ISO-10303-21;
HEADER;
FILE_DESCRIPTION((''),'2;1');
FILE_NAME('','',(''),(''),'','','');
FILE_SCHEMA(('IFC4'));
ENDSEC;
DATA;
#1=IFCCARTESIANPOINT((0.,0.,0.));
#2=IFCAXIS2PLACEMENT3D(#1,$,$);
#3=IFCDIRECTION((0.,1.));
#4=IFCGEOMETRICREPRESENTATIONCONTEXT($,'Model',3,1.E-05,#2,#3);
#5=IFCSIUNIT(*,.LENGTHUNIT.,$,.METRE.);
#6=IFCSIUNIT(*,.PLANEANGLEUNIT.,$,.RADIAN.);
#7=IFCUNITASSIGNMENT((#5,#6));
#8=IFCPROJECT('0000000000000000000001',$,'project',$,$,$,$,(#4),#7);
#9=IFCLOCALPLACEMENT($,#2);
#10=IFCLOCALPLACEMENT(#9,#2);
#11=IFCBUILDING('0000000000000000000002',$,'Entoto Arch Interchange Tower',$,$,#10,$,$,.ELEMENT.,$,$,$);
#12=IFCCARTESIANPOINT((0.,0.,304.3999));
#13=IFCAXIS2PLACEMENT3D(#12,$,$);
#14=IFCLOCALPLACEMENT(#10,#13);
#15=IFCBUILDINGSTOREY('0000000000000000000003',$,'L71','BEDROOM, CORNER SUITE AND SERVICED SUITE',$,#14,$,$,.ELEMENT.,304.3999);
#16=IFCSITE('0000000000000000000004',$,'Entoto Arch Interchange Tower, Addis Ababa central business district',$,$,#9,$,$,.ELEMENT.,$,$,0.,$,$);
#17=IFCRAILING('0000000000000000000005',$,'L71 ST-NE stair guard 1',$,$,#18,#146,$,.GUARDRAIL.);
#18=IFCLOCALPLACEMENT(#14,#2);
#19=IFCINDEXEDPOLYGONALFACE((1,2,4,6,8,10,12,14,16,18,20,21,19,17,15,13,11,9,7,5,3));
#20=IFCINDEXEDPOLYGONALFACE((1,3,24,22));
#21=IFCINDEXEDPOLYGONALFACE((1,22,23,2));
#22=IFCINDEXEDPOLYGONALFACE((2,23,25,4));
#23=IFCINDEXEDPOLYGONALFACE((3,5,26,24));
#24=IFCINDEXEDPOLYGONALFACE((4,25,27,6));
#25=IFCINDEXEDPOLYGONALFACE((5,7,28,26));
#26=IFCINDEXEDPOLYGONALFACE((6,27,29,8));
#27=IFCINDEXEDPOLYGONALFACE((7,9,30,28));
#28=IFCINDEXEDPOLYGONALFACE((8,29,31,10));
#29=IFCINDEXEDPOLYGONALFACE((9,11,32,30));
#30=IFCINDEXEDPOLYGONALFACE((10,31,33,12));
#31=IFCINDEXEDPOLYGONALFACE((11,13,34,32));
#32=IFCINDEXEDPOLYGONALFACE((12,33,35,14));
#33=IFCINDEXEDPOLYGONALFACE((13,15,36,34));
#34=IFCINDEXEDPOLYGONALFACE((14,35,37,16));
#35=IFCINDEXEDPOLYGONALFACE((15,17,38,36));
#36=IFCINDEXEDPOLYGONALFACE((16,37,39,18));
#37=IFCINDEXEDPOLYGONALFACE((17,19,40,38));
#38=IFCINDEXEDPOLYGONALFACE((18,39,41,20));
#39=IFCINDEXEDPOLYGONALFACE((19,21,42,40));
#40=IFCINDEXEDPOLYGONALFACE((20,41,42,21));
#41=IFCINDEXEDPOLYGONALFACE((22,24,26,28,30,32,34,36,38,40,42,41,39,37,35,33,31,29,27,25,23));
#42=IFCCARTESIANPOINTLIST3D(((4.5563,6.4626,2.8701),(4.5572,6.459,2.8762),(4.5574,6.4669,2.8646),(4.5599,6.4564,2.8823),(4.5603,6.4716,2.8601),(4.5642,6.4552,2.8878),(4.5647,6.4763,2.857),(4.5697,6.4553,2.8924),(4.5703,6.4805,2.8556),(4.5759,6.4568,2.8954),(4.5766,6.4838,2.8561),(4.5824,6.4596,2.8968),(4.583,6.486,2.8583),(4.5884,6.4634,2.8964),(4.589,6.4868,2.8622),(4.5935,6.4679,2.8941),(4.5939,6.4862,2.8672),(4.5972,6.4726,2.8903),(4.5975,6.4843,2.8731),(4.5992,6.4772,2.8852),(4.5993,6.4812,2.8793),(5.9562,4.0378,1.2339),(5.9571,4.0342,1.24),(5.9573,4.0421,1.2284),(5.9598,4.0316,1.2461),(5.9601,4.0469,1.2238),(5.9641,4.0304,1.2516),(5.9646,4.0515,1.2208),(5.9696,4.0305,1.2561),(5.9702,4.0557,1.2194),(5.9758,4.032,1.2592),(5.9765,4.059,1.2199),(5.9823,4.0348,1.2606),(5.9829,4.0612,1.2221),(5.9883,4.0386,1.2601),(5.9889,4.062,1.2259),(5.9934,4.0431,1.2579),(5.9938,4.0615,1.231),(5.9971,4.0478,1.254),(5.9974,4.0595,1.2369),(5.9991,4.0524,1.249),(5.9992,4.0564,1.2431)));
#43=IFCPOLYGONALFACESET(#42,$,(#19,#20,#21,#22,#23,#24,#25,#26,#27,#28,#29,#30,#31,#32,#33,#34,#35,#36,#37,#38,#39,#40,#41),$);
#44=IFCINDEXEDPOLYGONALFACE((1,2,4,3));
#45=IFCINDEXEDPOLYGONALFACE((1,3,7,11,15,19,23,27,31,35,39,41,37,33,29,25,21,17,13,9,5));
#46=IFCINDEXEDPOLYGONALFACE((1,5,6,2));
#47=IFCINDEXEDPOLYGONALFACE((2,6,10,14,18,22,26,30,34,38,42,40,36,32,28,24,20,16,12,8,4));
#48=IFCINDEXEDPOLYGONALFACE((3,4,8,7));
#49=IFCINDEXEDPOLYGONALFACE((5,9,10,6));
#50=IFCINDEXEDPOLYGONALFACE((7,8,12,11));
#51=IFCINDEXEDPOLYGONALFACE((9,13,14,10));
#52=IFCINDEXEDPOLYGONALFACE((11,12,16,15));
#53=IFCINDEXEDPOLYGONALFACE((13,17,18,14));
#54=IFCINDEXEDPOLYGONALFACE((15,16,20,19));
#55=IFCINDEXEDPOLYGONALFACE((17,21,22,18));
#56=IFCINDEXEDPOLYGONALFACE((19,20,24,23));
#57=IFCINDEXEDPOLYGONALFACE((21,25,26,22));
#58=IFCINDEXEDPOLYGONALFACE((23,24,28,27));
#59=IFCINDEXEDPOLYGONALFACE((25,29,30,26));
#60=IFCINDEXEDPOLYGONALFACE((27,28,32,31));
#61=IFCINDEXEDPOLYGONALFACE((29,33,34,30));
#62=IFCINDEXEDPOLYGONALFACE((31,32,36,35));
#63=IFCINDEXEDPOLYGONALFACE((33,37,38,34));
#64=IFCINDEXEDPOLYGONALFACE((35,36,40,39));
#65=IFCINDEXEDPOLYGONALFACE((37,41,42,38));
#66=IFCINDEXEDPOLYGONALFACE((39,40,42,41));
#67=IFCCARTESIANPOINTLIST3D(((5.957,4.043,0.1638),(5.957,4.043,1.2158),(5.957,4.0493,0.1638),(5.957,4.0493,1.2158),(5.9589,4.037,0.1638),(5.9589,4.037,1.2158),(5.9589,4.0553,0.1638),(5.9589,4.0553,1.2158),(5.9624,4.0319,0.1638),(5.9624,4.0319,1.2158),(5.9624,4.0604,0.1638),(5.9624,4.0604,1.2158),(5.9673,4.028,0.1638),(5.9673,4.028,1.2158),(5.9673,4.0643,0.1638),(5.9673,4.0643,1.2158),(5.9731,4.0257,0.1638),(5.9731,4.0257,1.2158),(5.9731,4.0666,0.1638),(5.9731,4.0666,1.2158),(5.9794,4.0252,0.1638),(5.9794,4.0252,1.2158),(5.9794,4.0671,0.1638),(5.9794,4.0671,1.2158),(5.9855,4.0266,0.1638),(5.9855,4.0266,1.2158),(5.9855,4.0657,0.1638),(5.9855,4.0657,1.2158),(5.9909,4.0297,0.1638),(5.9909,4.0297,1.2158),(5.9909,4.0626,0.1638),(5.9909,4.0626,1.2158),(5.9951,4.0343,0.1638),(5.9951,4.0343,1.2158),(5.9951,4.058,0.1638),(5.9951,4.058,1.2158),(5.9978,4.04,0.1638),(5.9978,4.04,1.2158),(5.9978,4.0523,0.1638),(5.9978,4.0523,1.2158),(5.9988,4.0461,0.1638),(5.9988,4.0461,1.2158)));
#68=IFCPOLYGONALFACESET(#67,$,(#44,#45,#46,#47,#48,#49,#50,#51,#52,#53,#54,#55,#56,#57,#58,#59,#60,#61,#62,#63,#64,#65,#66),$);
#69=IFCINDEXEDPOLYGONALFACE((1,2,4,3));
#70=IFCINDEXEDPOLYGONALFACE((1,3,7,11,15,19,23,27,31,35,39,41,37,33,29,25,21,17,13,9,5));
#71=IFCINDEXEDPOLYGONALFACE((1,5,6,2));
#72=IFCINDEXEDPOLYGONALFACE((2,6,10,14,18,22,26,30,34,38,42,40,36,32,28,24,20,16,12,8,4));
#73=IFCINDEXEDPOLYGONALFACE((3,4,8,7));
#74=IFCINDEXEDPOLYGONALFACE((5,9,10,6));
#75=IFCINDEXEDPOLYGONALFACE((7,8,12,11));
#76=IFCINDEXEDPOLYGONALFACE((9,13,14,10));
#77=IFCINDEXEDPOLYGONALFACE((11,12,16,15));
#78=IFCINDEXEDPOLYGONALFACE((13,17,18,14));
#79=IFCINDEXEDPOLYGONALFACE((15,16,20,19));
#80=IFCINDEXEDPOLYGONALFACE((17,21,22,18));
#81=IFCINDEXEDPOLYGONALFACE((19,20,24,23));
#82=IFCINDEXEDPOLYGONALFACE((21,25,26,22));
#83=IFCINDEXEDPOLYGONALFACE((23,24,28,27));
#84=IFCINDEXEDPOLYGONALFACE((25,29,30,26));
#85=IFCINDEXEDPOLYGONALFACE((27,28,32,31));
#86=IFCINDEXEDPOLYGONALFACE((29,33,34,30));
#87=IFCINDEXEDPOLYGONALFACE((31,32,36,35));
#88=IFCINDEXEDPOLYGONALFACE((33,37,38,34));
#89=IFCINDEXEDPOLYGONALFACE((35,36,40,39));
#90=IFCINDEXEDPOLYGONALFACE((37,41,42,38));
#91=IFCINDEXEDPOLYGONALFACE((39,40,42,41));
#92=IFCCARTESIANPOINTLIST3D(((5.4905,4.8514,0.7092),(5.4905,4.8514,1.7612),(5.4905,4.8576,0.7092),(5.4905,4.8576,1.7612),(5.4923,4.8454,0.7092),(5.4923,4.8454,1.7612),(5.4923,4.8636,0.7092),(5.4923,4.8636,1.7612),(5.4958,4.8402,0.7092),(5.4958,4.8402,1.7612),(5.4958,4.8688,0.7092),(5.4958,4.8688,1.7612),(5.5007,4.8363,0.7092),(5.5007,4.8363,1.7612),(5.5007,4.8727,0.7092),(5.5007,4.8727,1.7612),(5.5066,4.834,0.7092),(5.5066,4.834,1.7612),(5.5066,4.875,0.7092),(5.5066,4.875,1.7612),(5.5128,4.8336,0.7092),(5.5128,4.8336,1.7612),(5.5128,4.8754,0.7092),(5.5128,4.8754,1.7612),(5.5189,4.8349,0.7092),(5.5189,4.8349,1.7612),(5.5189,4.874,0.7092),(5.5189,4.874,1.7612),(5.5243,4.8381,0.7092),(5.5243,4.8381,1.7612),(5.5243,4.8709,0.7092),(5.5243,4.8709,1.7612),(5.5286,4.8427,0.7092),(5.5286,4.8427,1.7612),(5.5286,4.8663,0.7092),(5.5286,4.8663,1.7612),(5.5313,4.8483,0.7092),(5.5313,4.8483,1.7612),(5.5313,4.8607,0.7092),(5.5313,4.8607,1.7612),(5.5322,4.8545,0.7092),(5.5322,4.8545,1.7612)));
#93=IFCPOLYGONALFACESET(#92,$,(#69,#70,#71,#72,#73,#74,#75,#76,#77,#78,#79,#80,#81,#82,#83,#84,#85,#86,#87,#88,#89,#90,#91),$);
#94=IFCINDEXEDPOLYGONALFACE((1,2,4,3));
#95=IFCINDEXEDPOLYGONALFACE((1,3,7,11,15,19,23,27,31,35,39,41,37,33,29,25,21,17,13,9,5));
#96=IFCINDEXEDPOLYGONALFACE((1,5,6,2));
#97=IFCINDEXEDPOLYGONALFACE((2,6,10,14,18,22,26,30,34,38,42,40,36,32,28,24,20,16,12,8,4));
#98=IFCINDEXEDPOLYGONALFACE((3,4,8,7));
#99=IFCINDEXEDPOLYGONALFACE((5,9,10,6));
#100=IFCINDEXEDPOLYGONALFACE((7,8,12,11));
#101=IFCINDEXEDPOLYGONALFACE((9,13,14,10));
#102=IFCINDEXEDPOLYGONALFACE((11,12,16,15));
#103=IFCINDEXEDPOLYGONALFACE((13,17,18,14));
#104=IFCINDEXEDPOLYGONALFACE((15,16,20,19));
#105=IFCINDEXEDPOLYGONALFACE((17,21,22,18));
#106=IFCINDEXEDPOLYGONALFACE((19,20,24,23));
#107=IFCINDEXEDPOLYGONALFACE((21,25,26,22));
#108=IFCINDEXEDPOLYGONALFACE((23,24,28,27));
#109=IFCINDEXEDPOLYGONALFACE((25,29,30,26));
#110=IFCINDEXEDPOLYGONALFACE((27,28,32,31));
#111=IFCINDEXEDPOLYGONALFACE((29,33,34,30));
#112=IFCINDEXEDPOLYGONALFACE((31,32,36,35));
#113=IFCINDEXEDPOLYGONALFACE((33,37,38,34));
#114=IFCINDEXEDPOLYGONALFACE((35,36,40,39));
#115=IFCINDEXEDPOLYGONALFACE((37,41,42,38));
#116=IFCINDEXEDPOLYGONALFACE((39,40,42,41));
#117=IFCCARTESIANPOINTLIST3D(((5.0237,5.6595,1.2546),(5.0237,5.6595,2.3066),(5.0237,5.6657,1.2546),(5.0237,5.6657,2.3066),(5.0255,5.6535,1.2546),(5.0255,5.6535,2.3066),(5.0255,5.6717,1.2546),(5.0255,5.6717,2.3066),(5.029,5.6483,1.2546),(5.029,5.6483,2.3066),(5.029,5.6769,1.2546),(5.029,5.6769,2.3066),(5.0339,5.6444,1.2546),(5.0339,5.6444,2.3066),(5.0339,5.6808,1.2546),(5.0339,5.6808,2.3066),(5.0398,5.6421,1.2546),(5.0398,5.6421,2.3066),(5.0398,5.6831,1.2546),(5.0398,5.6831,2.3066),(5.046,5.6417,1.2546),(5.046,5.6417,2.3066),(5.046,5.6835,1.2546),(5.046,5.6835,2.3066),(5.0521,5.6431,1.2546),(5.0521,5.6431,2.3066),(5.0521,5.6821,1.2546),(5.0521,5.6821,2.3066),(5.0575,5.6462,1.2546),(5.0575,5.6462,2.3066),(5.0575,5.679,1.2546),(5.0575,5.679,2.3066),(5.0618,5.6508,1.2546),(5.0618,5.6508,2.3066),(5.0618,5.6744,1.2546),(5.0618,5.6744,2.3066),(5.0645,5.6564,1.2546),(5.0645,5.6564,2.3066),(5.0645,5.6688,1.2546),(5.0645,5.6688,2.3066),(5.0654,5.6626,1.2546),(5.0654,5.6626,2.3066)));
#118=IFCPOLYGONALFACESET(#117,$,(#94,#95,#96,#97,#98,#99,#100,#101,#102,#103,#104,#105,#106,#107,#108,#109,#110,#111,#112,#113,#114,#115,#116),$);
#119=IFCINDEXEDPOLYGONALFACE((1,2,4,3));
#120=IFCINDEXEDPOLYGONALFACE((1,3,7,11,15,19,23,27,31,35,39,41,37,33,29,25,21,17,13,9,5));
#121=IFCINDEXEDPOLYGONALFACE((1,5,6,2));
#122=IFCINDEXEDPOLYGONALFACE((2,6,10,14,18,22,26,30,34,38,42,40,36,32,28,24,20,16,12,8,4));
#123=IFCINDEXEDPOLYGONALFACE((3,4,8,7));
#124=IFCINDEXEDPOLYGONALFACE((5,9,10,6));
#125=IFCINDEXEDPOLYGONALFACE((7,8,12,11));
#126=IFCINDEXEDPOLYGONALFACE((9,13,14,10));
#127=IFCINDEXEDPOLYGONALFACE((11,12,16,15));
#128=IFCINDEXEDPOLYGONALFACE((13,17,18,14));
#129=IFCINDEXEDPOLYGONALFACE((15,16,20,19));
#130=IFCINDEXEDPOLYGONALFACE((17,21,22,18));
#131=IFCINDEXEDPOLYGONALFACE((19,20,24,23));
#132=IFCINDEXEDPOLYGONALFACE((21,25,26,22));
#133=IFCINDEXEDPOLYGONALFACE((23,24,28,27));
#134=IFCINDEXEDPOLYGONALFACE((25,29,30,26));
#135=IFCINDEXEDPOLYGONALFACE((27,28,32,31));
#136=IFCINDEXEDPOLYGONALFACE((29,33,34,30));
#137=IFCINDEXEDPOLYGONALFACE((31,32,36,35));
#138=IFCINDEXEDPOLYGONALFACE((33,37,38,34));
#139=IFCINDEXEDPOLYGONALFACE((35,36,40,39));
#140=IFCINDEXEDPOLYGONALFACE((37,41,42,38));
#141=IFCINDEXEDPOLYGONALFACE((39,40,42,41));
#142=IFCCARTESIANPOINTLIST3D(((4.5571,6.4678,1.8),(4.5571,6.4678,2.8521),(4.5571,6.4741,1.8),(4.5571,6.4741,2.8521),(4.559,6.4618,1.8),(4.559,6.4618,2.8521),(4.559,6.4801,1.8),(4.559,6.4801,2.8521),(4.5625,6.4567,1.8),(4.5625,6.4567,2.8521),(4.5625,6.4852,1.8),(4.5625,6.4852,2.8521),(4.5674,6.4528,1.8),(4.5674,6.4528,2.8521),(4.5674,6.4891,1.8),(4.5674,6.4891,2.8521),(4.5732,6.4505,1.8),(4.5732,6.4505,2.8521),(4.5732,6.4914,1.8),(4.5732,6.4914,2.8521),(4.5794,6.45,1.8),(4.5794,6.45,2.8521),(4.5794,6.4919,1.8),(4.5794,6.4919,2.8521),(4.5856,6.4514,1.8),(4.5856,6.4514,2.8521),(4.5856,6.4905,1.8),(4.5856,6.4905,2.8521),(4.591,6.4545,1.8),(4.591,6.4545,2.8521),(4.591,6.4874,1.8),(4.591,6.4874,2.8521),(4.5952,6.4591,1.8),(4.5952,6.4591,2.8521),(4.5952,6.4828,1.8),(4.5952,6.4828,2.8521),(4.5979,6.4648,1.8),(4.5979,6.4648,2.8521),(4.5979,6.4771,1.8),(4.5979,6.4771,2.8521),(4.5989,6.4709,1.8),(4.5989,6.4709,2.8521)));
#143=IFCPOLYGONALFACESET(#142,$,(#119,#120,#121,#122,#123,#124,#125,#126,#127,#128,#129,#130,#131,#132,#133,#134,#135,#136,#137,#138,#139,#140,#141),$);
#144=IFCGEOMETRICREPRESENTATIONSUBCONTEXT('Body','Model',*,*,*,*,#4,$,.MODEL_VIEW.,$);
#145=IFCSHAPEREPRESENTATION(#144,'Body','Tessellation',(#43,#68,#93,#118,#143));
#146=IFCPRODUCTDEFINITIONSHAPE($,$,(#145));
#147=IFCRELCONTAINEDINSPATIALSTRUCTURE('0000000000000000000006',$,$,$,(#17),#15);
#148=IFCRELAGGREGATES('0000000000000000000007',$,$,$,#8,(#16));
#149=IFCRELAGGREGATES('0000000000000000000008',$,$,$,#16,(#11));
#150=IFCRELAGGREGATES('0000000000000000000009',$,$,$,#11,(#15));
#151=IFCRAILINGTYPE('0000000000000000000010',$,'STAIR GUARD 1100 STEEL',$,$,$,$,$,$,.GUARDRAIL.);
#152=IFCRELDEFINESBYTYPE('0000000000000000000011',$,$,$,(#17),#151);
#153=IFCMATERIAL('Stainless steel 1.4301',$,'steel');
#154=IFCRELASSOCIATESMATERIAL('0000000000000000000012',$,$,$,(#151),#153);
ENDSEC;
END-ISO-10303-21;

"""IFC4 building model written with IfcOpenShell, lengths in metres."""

from ifc_helpers import new_model, si_unit, direction, frame, origin, origin_2d, place, context, subcontext, project, spatial, circle, extrude, material, type_object, element, save


model = new_model("IFC4")

# Units and contexts
model_context = context("Model", 3, precision=1e-05, world=origin(), true_north=direction((0.0, 1.0)))
body_context = subcontext(model_context, "Body", "Model", "MODEL_VIEW")
ifc_project = project(units=[si_unit("LENGTHUNIT", "METRE"), si_unit("PLANEANGLEUNIT", "RADIAN")], contexts=[model_context])

# Site, building, storey
site_placement = place(None, origin())
site = spatial("IfcSite", under=ifc_project, at=site_placement, Name="Entoto Arch Interchange Tower, Addis Ababa central business district", CompositionType="ELEMENT", RefElevation=0.0)
building_placement = place(site_placement, origin())
building = spatial("IfcBuilding", under=site, at=building_placement, Name="Entoto Arch Interchange Tower", CompositionType="ELEMENT")
storey_placement = place(building_placement, frame((0.0, 0.0, 304.3999)))
storey = spatial("IfcBuildingStorey", under=building, at=storey_placement, Name="L71", Description="BEDROOM, CORNER SUITE AND SERVICED SUITE", CompositionType="ELEMENT", Elevation=304.3999)

# Railing
ifc_material_1 = material(Name="Stainless steel 1.4301", Category="steel")
railing_type_1 = type_object("IfcRailingType", Name="STAIR GUARD 1100 STEEL", PredefinedType="GUARDRAIL", material=ifc_material_1)
railing_1_placement = place(storey_placement, frame((5.9778, 4.0461, 0.1638)))
element("IfcRailing", 1, at=railing_1_placement, inside=storey, type_object=railing_type_1, Name="L71 ST-NE stair guard 1", PredefinedType="GUARDRAIL", context=body_context, shape_type="SweptSolid", body=[
    extrude(circle(Radius=0.0239, at=origin_2d()), frame((0.0, 0.0, 1.0762), z_axis=(-0.431677, 0.747718, 0.504552), x_axis=(-0.866035, -0.499984, 0.0)), (0.0, 0.0, 1.0), 3.2429),
    extrude(circle(Radius=0.021, at=origin_2d()), origin(), (0.0, 0.0, 1.0), 1.052),
    extrude(circle(Radius=0.021, at=origin_2d()), frame((-0.4666, 0.8083, 0.5454)), (0.0, 0.0, 1.0), 1.052),
    extrude(circle(Radius=0.021, at=origin_2d()), frame((-0.9333, 1.6165, 1.0908)), (0.0, 0.0, 1.0), 1.052),
    extrude(circle(Radius=0.021, at=origin_2d()), frame((-1.3999, 2.4248, 1.6362)), (0.0, 0.0, 1.0), 1.052),
])

save(model, "model.ifc")
